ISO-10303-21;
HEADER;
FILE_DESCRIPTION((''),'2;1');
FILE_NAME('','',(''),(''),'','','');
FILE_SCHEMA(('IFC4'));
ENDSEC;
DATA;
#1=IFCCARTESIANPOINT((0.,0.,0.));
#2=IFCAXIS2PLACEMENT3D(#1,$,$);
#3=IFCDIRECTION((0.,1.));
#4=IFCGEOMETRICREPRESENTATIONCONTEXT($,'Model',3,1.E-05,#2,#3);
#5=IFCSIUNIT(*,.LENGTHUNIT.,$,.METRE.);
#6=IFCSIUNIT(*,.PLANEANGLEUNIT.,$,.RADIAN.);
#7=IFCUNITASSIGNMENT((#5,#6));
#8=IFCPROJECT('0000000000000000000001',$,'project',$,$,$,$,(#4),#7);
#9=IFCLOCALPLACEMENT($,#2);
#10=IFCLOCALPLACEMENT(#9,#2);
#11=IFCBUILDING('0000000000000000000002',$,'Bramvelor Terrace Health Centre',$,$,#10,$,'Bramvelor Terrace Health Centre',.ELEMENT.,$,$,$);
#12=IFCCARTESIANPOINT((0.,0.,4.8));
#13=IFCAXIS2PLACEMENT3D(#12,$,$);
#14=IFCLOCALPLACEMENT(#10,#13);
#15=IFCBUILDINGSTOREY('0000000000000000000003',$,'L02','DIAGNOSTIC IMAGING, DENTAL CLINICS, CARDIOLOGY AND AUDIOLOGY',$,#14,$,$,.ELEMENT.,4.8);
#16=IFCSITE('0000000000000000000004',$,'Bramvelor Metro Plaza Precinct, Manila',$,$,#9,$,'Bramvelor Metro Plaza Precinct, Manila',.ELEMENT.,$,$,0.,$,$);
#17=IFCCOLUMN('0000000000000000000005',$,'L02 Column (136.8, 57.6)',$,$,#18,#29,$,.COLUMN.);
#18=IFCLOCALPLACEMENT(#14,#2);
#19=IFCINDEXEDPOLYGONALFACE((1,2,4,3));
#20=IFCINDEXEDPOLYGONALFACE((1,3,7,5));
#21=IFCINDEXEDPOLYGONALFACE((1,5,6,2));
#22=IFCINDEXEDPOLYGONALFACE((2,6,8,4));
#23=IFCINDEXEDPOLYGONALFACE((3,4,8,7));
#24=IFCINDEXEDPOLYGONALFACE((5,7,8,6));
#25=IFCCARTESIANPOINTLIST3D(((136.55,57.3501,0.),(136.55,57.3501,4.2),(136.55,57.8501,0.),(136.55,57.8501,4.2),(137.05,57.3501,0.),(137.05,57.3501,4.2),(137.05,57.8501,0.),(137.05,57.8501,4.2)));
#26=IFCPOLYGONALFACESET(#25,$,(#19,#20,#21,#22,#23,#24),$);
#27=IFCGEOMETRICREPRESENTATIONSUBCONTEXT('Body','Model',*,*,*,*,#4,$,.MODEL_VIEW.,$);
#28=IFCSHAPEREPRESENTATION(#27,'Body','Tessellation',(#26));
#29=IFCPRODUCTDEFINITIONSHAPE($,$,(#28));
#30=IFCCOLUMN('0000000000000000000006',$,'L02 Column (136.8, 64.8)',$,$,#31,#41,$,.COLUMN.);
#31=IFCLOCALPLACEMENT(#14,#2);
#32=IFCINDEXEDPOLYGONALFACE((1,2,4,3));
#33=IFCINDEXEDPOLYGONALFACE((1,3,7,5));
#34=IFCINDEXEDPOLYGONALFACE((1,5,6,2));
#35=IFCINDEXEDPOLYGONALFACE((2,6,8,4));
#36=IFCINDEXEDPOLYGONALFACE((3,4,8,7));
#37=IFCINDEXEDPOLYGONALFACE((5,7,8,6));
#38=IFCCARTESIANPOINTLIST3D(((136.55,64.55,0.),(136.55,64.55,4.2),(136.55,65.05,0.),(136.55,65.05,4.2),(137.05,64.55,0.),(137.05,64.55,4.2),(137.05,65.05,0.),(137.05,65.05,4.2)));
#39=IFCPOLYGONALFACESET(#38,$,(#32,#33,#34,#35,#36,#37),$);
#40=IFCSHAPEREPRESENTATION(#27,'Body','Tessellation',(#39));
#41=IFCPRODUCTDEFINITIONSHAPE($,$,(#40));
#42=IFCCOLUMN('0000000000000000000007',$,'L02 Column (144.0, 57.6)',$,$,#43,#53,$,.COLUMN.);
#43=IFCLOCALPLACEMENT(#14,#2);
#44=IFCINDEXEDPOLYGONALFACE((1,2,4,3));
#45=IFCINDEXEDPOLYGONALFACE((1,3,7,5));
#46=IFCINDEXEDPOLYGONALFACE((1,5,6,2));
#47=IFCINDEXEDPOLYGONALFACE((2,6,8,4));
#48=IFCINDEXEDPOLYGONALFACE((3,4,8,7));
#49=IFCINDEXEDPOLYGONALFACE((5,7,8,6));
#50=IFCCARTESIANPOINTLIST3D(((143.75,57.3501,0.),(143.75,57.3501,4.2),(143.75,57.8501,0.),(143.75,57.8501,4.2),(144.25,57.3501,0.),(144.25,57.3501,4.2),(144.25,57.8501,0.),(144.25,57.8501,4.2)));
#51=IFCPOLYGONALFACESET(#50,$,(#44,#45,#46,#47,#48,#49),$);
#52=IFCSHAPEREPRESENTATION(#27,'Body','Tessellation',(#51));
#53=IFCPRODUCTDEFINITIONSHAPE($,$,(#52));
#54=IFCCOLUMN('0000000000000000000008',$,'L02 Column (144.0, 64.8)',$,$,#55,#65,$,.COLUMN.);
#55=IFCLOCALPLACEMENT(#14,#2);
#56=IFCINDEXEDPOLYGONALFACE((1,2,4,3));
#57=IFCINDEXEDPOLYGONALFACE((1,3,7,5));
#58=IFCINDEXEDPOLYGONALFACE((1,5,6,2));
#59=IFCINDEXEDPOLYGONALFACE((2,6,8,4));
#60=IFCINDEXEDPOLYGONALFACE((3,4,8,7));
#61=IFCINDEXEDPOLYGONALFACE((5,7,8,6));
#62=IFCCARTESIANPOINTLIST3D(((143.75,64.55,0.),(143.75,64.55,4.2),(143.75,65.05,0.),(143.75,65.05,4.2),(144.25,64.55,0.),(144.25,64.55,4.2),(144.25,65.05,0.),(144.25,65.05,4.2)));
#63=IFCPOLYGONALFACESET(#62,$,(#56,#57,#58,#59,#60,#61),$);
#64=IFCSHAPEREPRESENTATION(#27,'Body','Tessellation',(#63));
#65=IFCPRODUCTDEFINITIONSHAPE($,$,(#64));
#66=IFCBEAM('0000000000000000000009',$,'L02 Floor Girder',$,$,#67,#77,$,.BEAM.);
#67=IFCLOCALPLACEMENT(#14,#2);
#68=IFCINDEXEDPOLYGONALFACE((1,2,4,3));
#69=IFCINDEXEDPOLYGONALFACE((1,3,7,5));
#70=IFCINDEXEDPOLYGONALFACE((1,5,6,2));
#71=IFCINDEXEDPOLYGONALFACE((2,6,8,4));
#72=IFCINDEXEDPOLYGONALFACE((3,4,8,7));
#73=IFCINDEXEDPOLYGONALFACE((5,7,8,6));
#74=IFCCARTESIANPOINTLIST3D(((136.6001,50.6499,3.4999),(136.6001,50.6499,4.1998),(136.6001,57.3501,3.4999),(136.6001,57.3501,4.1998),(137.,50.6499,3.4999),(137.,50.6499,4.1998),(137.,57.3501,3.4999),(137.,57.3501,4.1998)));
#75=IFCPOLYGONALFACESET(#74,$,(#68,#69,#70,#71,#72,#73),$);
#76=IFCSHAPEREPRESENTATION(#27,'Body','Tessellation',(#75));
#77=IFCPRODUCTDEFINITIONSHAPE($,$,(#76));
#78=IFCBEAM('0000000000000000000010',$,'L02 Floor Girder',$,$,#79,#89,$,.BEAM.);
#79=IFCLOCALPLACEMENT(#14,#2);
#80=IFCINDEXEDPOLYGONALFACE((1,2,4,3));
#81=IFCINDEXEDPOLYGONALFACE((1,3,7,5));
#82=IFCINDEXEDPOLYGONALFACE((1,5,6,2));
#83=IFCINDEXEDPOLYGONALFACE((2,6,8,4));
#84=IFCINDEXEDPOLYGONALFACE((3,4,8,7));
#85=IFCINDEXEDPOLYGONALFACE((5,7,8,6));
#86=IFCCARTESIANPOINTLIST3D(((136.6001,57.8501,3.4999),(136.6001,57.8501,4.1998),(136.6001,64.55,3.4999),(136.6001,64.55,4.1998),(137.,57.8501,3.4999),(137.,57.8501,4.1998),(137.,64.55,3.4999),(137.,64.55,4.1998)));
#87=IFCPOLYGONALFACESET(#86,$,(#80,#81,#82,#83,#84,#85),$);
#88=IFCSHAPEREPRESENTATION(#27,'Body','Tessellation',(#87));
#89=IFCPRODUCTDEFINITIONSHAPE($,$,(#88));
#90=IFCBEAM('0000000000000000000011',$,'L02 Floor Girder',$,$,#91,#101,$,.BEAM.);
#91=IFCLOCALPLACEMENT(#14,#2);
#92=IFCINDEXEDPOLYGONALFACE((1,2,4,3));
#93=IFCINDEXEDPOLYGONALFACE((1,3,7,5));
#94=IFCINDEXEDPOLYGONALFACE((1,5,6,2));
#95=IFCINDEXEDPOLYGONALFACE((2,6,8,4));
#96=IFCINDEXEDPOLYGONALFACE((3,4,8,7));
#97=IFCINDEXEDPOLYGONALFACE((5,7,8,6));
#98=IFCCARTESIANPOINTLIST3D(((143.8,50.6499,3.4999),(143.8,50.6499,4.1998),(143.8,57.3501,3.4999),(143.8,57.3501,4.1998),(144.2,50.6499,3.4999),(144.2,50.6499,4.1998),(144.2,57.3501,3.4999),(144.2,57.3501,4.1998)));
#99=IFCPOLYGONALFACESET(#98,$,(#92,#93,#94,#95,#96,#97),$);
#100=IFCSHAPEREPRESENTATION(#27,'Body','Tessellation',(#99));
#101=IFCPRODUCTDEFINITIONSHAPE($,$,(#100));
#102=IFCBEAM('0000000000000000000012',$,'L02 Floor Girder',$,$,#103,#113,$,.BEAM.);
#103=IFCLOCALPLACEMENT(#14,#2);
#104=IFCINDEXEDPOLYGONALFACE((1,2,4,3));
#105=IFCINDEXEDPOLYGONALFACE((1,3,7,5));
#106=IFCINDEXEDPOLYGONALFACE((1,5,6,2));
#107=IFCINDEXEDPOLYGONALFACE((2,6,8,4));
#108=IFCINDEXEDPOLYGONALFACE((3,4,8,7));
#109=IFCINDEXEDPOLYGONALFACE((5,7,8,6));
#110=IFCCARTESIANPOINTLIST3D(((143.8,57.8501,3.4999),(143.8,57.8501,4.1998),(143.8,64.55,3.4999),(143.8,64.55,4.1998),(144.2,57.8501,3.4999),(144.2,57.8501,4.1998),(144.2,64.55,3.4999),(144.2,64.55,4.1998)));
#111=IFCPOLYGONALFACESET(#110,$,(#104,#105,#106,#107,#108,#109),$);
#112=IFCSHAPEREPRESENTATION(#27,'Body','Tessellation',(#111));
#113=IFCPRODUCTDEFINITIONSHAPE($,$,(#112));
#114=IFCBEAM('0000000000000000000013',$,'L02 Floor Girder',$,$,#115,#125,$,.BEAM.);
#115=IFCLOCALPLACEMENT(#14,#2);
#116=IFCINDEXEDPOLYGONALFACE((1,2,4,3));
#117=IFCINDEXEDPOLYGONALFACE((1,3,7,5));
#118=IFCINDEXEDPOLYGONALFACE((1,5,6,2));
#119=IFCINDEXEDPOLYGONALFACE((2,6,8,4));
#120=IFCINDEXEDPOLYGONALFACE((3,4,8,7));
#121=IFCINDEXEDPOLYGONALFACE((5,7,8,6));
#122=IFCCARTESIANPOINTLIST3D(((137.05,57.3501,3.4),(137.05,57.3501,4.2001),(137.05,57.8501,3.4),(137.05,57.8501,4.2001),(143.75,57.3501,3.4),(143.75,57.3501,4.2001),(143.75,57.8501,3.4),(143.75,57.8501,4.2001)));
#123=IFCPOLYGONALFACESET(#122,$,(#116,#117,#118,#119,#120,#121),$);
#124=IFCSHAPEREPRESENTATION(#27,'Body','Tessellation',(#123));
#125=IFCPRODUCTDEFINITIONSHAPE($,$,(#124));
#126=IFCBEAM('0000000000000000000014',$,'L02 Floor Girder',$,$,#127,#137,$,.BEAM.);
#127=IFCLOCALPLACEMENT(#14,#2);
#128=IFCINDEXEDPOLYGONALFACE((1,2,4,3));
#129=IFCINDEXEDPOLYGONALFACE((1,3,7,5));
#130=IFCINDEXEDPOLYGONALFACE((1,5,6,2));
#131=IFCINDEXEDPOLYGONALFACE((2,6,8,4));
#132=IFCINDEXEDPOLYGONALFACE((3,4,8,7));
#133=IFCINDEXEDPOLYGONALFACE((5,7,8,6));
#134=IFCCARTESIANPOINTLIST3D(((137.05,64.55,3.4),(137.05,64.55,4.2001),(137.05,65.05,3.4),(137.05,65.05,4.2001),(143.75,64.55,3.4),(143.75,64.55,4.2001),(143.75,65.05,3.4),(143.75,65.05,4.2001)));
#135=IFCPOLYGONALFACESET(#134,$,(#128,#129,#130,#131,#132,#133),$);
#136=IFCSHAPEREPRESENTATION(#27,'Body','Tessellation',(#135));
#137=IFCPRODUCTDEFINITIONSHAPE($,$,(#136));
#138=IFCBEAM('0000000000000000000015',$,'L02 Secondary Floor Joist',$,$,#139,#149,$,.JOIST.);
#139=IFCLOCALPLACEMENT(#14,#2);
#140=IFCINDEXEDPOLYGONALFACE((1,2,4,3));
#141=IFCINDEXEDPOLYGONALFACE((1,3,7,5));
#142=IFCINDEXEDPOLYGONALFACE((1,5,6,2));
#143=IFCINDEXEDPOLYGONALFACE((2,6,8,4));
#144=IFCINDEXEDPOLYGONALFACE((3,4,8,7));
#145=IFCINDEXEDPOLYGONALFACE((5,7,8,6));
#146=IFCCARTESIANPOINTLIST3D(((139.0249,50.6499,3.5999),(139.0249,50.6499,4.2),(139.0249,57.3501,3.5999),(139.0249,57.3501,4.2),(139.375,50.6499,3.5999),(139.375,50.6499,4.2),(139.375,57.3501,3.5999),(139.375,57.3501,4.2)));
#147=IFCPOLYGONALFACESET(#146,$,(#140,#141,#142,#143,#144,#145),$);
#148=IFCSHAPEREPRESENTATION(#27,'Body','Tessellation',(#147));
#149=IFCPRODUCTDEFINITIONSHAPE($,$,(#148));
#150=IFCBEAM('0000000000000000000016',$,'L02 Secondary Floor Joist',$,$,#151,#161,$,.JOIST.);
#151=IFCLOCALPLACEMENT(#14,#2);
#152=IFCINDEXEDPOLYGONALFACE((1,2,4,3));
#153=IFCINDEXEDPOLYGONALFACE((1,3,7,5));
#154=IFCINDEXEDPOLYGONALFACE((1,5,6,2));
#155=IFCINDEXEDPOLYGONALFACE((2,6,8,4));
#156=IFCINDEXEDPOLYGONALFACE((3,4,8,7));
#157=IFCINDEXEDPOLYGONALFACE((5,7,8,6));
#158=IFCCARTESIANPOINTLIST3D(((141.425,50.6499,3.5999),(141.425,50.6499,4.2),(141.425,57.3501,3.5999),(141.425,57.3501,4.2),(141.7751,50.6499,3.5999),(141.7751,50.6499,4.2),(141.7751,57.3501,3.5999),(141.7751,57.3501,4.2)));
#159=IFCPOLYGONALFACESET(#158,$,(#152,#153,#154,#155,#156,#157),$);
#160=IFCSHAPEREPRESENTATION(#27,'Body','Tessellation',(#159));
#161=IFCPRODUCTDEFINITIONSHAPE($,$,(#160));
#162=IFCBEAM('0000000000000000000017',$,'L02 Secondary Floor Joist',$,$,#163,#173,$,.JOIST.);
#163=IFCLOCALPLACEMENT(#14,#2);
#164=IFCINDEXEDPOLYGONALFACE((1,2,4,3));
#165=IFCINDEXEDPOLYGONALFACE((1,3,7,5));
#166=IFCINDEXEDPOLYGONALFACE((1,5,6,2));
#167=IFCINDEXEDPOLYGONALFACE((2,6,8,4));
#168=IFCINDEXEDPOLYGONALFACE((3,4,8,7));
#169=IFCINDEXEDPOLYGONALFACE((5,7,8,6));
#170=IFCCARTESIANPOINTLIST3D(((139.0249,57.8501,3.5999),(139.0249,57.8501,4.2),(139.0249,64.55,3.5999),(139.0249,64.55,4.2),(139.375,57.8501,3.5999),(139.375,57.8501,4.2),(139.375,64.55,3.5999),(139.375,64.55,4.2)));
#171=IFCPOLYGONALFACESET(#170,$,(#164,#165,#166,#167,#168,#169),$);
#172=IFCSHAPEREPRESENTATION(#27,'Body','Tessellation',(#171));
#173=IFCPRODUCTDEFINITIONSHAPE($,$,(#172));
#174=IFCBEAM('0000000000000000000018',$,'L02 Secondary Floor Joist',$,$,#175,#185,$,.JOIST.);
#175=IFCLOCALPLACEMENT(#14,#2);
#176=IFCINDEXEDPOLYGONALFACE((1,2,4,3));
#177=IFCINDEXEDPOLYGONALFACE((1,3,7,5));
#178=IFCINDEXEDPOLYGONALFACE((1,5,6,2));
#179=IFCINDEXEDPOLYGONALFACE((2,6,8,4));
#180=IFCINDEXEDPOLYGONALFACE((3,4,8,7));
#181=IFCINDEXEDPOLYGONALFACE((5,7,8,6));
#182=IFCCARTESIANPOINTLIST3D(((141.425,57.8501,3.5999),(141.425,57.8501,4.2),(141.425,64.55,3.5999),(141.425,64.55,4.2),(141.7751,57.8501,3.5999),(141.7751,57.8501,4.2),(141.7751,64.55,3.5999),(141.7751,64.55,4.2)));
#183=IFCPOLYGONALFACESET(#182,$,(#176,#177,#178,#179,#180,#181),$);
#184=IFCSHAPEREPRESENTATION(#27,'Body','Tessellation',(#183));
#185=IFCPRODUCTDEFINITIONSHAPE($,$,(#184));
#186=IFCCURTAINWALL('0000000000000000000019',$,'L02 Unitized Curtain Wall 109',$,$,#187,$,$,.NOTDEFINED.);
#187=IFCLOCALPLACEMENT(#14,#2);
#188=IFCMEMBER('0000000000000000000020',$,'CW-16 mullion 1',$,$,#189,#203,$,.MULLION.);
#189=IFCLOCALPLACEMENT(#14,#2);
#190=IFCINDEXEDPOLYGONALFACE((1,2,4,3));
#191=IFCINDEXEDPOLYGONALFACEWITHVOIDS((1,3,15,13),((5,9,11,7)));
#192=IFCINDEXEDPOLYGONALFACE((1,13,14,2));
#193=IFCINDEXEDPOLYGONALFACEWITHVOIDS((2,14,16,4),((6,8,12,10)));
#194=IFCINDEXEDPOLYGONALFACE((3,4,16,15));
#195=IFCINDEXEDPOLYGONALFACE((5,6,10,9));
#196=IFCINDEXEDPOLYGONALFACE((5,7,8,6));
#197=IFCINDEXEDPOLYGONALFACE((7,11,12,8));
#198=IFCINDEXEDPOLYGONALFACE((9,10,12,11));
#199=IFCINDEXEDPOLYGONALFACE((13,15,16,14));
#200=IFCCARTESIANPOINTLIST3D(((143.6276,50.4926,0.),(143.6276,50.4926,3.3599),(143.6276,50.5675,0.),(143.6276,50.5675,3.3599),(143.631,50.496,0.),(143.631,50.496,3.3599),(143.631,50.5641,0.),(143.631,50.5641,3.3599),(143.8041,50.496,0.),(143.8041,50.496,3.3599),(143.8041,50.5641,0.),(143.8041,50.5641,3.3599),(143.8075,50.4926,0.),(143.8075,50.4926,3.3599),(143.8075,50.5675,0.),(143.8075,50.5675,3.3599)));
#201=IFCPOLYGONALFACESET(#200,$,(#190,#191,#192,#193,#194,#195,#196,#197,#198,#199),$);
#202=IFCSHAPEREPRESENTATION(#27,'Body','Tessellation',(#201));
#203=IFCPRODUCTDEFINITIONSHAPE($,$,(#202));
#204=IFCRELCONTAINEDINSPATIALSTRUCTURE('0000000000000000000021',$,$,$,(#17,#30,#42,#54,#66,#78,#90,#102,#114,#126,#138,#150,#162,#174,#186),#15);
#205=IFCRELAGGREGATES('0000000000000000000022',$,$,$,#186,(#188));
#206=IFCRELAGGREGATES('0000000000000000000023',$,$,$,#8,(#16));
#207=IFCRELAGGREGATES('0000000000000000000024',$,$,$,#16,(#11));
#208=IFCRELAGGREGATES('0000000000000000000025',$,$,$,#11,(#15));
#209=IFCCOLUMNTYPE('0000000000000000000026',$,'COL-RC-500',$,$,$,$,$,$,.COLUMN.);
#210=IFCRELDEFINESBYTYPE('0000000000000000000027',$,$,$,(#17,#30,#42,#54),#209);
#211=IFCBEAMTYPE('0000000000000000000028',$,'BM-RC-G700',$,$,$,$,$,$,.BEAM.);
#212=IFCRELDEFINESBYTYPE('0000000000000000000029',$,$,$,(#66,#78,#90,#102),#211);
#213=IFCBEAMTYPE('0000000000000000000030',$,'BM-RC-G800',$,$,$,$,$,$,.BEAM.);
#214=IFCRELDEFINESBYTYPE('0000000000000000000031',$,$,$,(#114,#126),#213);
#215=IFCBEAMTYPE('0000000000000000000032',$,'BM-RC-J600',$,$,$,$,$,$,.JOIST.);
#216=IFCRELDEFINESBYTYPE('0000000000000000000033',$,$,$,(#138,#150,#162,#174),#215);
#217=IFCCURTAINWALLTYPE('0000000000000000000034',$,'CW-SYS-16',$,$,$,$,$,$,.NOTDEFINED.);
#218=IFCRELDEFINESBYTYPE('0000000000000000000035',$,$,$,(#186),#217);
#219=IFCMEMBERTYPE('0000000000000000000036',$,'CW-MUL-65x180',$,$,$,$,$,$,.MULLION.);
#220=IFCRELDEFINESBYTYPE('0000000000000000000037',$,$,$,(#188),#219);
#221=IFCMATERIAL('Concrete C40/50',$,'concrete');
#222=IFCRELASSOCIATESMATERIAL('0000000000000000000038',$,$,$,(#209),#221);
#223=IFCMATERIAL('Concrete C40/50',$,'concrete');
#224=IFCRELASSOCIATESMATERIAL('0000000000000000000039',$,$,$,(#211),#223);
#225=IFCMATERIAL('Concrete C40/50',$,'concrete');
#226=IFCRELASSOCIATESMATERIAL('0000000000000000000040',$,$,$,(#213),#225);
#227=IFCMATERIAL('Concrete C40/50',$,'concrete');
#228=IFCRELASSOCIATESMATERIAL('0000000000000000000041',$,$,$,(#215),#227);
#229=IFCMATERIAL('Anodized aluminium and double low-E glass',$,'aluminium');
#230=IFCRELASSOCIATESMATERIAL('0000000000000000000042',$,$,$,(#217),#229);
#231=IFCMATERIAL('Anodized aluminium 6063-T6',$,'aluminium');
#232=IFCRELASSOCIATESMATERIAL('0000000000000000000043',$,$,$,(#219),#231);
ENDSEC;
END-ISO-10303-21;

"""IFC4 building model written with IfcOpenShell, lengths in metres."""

from ifc_helpers import new_model, si_unit, direction, frame, origin, origin_2d, place, context, subcontext, project, spatial, rectangle, hollow_rectangle, extrude, material, material_profile, profile_set, type_object, element, aggregate, save


model = new_model("IFC4")

# Units and contexts
model_context = context("Model", 3, precision=1e-05, world=origin(), true_north=direction((0.0, 1.0)))
body_context = subcontext(model_context, "Body", "Model", "MODEL_VIEW")
ifc_project = project(units=[si_unit("LENGTHUNIT", "METRE"), si_unit("PLANEANGLEUNIT", "RADIAN")], contexts=[model_context])

# Site, building, storey
site_placement = place(None, origin())
site = spatial("IfcSite", under=ifc_project, at=site_placement, Name="Bramvelor Metro Plaza Precinct, Manila", LongName="Bramvelor Metro Plaza Precinct, Manila", CompositionType="ELEMENT", RefElevation=0.0)
building_placement = place(site_placement, origin())
building = spatial("IfcBuilding", under=site, at=building_placement, Name="Bramvelor Terrace Health Centre", LongName="Bramvelor Terrace Health Centre", CompositionType="ELEMENT")
storey_placement = place(building_placement, frame((0.0, 0.0, 4.8)))
storey = spatial("IfcBuildingStorey", under=building, at=storey_placement, Name="L02", Description="DIAGNOSTIC IMAGING, DENTAL CLINICS, CARDIOLOGY AND AUDIOLOGY", CompositionType="ELEMENT", Elevation=4.8)

# Columns
ifc_material_1 = material(Name="Concrete C40/50", Category="concrete")
ifc_material_profile_1 = material_profile(ifc_material_1, rectangle(XDim=0.5, YDim=0.5, at=origin_2d()), Name="RC 500x500")
ifc_profile_set_1 = profile_set([ifc_material_profile_1], Name="Concrete C40/50")
column_type = type_object("IfcColumnType", Name="COL-RC-500", PredefinedType="COLUMN", material=ifc_profile_set_1)
for number, where, z_axis, x_axis, name in (
    (1, (136.8, 57.6001, 0.0), (0.0, 0.0, 1.0), (1.0, 0.0, 0.0), "L02 Column (136.8, 57.6)"),
    (2, (136.8, 64.8, 0.0), (0.0, 0.0, 1.0), (1.0, 0.0, 0.0), "L02 Column (136.8, 64.8)"),
    (3, (144.0, 57.6001, 0.0), (0.0, 0.0, 1.0), (1.0, 0.0, 0.0), "L02 Column (144.0, 57.6)"),
    (4, (144.0, 64.8, 0.0), (0.0, 0.0, 1.0), (1.0, 0.0, 0.0), "L02 Column (144.0, 64.8)"),
):
    element("IfcColumn", number, at=place(storey_placement, frame(where, z_axis=z_axis, x_axis=x_axis)), inside=storey, type_object=column_type, Name=name, PredefinedType="COLUMN", context=body_context, shape_type="SweptSolid", body=[
        extrude(rectangle(XDim=0.5, YDim=0.5, at=origin_2d()), origin(), (0.0, 0.0, 1.0), 4.2),
    ])

# Beams
ifc_material_2 = material(Name="Concrete C40/50", Category="concrete")
ifc_material_profile_2 = material_profile(ifc_material_2, rectangle(XDim=0.3999, YDim=0.7, at=origin_2d()), Name="RC 400x700")
ifc_profile_set_2 = profile_set([ifc_material_profile_2], Name="Concrete C40/50")
beam_type_1 = type_object("IfcBeamType", Name="BM-RC-G700", PredefinedType="BEAM", material=ifc_profile_set_2)
beam_1_placement = place(storey_placement, frame((136.8, 50.6499, 3.8499), z_axis=(0.0, 1.0, 0.0), x_axis=(-1.0, 0.0, 0.0)))
element("IfcBeam", 5, at=beam_1_placement, inside=storey, type_object=beam_type_1, Name="L02 Floor Girder", PredefinedType="BEAM", context=body_context, shape_type="SweptSolid", body=[
    extrude(rectangle(XDim=0.3999, YDim=0.7, at=origin_2d()), origin(), (0.0, 0.0, 1.0), 6.7002),
])
beam_2_placement = place(storey_placement, frame((136.8, 57.8501, 3.8499), z_axis=(0.0, 1.0, 0.0), x_axis=(-1.0, 0.0, 0.0)))
element("IfcBeam", 6, at=beam_2_placement, inside=storey, type_object=beam_type_1, Name="L02 Floor Girder", PredefinedType="BEAM", context=body_context, shape_type="SweptSolid", body=[
    extrude(rectangle(XDim=0.3999, YDim=0.7, at=origin_2d()), origin(), (0.0, 0.0, 1.0), 6.7),
])
beam_3_placement = place(storey_placement, frame((144.0, 50.6499, 3.8499), z_axis=(0.0, 1.0, 0.0), x_axis=(-1.0, 0.0, 0.0)))
element("IfcBeam", 7, at=beam_3_placement, inside=storey, type_object=beam_type_1, Name="L02 Floor Girder", PredefinedType="BEAM", context=body_context, shape_type="SweptSolid", body=[
    extrude(rectangle(XDim=0.3999, YDim=0.7, at=origin_2d()), origin(), (0.0, 0.0, 1.0), 6.7002),
])
beam_4_placement = place(storey_placement, frame((144.0, 57.8501, 3.8499), z_axis=(0.0, 1.0, 0.0), x_axis=(-1.0, 0.0, 0.0)))
element("IfcBeam", 8, at=beam_4_placement, inside=storey, type_object=beam_type_1, Name="L02 Floor Girder", PredefinedType="BEAM", context=body_context, shape_type="SweptSolid", body=[
    extrude(rectangle(XDim=0.3999, YDim=0.7, at=origin_2d()), origin(), (0.0, 0.0, 1.0), 6.7),
])
ifc_material_3 = material(Name="Concrete C40/50", Category="concrete")
ifc_material_profile_3 = material_profile(ifc_material_3, rectangle(XDim=0.5, YDim=0.8, at=origin_2d()), Name="RC 500x800")
ifc_profile_set_3 = profile_set([ifc_material_profile_3], Name="Concrete C40/50")
beam_type_2 = type_object("IfcBeamType", Name="BM-RC-G800", PredefinedType="BEAM", material=ifc_profile_set_3)
for number, where, z_axis, x_axis, name in (
    (9, (137.05, 57.6001, 3.8), (1.0, 0.0, 0.0), (0.0, 1.0, 0.0), "L02 Floor Girder"),
    (10, (137.05, 64.8, 3.8), (1.0, 0.0, 0.0), (0.0, 1.0, 0.0), "L02 Floor Girder"),
):
    element("IfcBeam", number, at=place(storey_placement, frame(where, z_axis=z_axis, x_axis=x_axis)), inside=storey, type_object=beam_type_2, Name=name, PredefinedType="BEAM", context=body_context, shape_type="SweptSolid", body=[
        extrude(rectangle(XDim=0.5, YDim=0.8, at=origin_2d()), origin(), (0.0, 0.0, 1.0), 6.7),
    ])
ifc_material_4 = material(Name="Concrete C40/50", Category="concrete")
ifc_material_profile_4 = material_profile(ifc_material_4, rectangle(XDim=0.3501, YDim=0.6001, at=origin_2d()), Name="RC 350x600")
ifc_profile_set_4 = profile_set([ifc_material_profile_4], Name="Concrete C40/50")
beam_type_3 = type_object("IfcBeamType", Name="BM-RC-J600", PredefinedType="JOIST", material=ifc_profile_set_4)
for number, where, z_axis, x_axis, name in (
    (11, (139.2, 50.6499, 3.8999), (0.0, 1.0, 0.0), (-1.0, 0.0, 0.0), "L02 Secondary Floor Joist"),
    (12, (141.6001, 50.6499, 3.8999), (0.0, 1.0, 0.0), (-1.0, 0.0, 0.0), "L02 Secondary Floor Joist"),
):
    element("IfcBeam", number, at=place(storey_placement, frame(where, z_axis=z_axis, x_axis=x_axis)), inside=storey, type_object=beam_type_3, Name=name, PredefinedType="JOIST", context=body_context, shape_type="SweptSolid", body=[
        extrude(rectangle(XDim=0.3501, YDim=0.6001, at=origin_2d()), origin(), (0.0, 0.0, 1.0), 6.7002),
    ])
for number, where, z_axis, x_axis, name in (
    (13, (139.2, 57.8501, 3.8999), (0.0, 1.0, 0.0), (-1.0, 0.0, 0.0), "L02 Secondary Floor Joist"),
    (14, (141.6001, 57.8501, 3.8999), (0.0, 1.0, 0.0), (-1.0, 0.0, 0.0), "L02 Secondary Floor Joist"),
):
    element("IfcBeam", number, at=place(storey_placement, frame(where, z_axis=z_axis, x_axis=x_axis)), inside=storey, type_object=beam_type_3, Name=name, PredefinedType="JOIST", context=body_context, shape_type="SweptSolid", body=[
        extrude(rectangle(XDim=0.3501, YDim=0.6001, at=origin_2d()), origin(), (0.0, 0.0, 1.0), 6.7),
    ])

# Curtain wall, member
ifc_material_5 = material(Name="Anodized aluminium and double low-E glass", Category="aluminium")
curtain_wall_type = type_object("IfcCurtainWallType", Name="CW-SYS-16", PredefinedType="NOTDEFINED", material=ifc_material_5)
curtain_wall_placement = place(storey_placement, origin())
curtain_wall = element("IfcCurtainWall", 15, at=curtain_wall_placement, inside=storey, type_object=curtain_wall_type, Name="L02 Unitized Curtain Wall 109", PredefinedType="NOTDEFINED")
ifc_material_6 = material(Name="Anodized aluminium 6063-T6", Category="aluminium")
ifc_material_profile_5 = material_profile(ifc_material_6, hollow_rectangle(XDim=0.075, YDim=0.1799, WallThickness=0.0034, at=origin_2d()), Name="ALU-MUL 75x180x3.5")
ifc_profile_set_5 = profile_set([ifc_material_profile_5], Name="Anodized aluminium 6063-T6")
member_type_1 = type_object("IfcMemberType", Name="CW-MUL-65x180", PredefinedType="MULLION", material=ifc_profile_set_5)
member_1_placement = place(storey_placement, frame((143.7175, 50.53, 0.0), z_axis=(0.0, 0.0, 1.0), x_axis=(0.0, -1.0, 0.0)))
member_1 = element("IfcMember", 16, at=member_1_placement, type_object=member_type_1, Name="CW-16 mullion 1", PredefinedType="MULLION", context=body_context, shape_type="SweptSolid", body=[
    extrude(hollow_rectangle(XDim=0.075, YDim=0.1799, WallThickness=0.0034, at=origin_2d()), origin(), (0.0, 0.0, 1.0), 3.3599),
])
aggregate(curtain_wall, [member_1])

save(model, "model.ifc")
